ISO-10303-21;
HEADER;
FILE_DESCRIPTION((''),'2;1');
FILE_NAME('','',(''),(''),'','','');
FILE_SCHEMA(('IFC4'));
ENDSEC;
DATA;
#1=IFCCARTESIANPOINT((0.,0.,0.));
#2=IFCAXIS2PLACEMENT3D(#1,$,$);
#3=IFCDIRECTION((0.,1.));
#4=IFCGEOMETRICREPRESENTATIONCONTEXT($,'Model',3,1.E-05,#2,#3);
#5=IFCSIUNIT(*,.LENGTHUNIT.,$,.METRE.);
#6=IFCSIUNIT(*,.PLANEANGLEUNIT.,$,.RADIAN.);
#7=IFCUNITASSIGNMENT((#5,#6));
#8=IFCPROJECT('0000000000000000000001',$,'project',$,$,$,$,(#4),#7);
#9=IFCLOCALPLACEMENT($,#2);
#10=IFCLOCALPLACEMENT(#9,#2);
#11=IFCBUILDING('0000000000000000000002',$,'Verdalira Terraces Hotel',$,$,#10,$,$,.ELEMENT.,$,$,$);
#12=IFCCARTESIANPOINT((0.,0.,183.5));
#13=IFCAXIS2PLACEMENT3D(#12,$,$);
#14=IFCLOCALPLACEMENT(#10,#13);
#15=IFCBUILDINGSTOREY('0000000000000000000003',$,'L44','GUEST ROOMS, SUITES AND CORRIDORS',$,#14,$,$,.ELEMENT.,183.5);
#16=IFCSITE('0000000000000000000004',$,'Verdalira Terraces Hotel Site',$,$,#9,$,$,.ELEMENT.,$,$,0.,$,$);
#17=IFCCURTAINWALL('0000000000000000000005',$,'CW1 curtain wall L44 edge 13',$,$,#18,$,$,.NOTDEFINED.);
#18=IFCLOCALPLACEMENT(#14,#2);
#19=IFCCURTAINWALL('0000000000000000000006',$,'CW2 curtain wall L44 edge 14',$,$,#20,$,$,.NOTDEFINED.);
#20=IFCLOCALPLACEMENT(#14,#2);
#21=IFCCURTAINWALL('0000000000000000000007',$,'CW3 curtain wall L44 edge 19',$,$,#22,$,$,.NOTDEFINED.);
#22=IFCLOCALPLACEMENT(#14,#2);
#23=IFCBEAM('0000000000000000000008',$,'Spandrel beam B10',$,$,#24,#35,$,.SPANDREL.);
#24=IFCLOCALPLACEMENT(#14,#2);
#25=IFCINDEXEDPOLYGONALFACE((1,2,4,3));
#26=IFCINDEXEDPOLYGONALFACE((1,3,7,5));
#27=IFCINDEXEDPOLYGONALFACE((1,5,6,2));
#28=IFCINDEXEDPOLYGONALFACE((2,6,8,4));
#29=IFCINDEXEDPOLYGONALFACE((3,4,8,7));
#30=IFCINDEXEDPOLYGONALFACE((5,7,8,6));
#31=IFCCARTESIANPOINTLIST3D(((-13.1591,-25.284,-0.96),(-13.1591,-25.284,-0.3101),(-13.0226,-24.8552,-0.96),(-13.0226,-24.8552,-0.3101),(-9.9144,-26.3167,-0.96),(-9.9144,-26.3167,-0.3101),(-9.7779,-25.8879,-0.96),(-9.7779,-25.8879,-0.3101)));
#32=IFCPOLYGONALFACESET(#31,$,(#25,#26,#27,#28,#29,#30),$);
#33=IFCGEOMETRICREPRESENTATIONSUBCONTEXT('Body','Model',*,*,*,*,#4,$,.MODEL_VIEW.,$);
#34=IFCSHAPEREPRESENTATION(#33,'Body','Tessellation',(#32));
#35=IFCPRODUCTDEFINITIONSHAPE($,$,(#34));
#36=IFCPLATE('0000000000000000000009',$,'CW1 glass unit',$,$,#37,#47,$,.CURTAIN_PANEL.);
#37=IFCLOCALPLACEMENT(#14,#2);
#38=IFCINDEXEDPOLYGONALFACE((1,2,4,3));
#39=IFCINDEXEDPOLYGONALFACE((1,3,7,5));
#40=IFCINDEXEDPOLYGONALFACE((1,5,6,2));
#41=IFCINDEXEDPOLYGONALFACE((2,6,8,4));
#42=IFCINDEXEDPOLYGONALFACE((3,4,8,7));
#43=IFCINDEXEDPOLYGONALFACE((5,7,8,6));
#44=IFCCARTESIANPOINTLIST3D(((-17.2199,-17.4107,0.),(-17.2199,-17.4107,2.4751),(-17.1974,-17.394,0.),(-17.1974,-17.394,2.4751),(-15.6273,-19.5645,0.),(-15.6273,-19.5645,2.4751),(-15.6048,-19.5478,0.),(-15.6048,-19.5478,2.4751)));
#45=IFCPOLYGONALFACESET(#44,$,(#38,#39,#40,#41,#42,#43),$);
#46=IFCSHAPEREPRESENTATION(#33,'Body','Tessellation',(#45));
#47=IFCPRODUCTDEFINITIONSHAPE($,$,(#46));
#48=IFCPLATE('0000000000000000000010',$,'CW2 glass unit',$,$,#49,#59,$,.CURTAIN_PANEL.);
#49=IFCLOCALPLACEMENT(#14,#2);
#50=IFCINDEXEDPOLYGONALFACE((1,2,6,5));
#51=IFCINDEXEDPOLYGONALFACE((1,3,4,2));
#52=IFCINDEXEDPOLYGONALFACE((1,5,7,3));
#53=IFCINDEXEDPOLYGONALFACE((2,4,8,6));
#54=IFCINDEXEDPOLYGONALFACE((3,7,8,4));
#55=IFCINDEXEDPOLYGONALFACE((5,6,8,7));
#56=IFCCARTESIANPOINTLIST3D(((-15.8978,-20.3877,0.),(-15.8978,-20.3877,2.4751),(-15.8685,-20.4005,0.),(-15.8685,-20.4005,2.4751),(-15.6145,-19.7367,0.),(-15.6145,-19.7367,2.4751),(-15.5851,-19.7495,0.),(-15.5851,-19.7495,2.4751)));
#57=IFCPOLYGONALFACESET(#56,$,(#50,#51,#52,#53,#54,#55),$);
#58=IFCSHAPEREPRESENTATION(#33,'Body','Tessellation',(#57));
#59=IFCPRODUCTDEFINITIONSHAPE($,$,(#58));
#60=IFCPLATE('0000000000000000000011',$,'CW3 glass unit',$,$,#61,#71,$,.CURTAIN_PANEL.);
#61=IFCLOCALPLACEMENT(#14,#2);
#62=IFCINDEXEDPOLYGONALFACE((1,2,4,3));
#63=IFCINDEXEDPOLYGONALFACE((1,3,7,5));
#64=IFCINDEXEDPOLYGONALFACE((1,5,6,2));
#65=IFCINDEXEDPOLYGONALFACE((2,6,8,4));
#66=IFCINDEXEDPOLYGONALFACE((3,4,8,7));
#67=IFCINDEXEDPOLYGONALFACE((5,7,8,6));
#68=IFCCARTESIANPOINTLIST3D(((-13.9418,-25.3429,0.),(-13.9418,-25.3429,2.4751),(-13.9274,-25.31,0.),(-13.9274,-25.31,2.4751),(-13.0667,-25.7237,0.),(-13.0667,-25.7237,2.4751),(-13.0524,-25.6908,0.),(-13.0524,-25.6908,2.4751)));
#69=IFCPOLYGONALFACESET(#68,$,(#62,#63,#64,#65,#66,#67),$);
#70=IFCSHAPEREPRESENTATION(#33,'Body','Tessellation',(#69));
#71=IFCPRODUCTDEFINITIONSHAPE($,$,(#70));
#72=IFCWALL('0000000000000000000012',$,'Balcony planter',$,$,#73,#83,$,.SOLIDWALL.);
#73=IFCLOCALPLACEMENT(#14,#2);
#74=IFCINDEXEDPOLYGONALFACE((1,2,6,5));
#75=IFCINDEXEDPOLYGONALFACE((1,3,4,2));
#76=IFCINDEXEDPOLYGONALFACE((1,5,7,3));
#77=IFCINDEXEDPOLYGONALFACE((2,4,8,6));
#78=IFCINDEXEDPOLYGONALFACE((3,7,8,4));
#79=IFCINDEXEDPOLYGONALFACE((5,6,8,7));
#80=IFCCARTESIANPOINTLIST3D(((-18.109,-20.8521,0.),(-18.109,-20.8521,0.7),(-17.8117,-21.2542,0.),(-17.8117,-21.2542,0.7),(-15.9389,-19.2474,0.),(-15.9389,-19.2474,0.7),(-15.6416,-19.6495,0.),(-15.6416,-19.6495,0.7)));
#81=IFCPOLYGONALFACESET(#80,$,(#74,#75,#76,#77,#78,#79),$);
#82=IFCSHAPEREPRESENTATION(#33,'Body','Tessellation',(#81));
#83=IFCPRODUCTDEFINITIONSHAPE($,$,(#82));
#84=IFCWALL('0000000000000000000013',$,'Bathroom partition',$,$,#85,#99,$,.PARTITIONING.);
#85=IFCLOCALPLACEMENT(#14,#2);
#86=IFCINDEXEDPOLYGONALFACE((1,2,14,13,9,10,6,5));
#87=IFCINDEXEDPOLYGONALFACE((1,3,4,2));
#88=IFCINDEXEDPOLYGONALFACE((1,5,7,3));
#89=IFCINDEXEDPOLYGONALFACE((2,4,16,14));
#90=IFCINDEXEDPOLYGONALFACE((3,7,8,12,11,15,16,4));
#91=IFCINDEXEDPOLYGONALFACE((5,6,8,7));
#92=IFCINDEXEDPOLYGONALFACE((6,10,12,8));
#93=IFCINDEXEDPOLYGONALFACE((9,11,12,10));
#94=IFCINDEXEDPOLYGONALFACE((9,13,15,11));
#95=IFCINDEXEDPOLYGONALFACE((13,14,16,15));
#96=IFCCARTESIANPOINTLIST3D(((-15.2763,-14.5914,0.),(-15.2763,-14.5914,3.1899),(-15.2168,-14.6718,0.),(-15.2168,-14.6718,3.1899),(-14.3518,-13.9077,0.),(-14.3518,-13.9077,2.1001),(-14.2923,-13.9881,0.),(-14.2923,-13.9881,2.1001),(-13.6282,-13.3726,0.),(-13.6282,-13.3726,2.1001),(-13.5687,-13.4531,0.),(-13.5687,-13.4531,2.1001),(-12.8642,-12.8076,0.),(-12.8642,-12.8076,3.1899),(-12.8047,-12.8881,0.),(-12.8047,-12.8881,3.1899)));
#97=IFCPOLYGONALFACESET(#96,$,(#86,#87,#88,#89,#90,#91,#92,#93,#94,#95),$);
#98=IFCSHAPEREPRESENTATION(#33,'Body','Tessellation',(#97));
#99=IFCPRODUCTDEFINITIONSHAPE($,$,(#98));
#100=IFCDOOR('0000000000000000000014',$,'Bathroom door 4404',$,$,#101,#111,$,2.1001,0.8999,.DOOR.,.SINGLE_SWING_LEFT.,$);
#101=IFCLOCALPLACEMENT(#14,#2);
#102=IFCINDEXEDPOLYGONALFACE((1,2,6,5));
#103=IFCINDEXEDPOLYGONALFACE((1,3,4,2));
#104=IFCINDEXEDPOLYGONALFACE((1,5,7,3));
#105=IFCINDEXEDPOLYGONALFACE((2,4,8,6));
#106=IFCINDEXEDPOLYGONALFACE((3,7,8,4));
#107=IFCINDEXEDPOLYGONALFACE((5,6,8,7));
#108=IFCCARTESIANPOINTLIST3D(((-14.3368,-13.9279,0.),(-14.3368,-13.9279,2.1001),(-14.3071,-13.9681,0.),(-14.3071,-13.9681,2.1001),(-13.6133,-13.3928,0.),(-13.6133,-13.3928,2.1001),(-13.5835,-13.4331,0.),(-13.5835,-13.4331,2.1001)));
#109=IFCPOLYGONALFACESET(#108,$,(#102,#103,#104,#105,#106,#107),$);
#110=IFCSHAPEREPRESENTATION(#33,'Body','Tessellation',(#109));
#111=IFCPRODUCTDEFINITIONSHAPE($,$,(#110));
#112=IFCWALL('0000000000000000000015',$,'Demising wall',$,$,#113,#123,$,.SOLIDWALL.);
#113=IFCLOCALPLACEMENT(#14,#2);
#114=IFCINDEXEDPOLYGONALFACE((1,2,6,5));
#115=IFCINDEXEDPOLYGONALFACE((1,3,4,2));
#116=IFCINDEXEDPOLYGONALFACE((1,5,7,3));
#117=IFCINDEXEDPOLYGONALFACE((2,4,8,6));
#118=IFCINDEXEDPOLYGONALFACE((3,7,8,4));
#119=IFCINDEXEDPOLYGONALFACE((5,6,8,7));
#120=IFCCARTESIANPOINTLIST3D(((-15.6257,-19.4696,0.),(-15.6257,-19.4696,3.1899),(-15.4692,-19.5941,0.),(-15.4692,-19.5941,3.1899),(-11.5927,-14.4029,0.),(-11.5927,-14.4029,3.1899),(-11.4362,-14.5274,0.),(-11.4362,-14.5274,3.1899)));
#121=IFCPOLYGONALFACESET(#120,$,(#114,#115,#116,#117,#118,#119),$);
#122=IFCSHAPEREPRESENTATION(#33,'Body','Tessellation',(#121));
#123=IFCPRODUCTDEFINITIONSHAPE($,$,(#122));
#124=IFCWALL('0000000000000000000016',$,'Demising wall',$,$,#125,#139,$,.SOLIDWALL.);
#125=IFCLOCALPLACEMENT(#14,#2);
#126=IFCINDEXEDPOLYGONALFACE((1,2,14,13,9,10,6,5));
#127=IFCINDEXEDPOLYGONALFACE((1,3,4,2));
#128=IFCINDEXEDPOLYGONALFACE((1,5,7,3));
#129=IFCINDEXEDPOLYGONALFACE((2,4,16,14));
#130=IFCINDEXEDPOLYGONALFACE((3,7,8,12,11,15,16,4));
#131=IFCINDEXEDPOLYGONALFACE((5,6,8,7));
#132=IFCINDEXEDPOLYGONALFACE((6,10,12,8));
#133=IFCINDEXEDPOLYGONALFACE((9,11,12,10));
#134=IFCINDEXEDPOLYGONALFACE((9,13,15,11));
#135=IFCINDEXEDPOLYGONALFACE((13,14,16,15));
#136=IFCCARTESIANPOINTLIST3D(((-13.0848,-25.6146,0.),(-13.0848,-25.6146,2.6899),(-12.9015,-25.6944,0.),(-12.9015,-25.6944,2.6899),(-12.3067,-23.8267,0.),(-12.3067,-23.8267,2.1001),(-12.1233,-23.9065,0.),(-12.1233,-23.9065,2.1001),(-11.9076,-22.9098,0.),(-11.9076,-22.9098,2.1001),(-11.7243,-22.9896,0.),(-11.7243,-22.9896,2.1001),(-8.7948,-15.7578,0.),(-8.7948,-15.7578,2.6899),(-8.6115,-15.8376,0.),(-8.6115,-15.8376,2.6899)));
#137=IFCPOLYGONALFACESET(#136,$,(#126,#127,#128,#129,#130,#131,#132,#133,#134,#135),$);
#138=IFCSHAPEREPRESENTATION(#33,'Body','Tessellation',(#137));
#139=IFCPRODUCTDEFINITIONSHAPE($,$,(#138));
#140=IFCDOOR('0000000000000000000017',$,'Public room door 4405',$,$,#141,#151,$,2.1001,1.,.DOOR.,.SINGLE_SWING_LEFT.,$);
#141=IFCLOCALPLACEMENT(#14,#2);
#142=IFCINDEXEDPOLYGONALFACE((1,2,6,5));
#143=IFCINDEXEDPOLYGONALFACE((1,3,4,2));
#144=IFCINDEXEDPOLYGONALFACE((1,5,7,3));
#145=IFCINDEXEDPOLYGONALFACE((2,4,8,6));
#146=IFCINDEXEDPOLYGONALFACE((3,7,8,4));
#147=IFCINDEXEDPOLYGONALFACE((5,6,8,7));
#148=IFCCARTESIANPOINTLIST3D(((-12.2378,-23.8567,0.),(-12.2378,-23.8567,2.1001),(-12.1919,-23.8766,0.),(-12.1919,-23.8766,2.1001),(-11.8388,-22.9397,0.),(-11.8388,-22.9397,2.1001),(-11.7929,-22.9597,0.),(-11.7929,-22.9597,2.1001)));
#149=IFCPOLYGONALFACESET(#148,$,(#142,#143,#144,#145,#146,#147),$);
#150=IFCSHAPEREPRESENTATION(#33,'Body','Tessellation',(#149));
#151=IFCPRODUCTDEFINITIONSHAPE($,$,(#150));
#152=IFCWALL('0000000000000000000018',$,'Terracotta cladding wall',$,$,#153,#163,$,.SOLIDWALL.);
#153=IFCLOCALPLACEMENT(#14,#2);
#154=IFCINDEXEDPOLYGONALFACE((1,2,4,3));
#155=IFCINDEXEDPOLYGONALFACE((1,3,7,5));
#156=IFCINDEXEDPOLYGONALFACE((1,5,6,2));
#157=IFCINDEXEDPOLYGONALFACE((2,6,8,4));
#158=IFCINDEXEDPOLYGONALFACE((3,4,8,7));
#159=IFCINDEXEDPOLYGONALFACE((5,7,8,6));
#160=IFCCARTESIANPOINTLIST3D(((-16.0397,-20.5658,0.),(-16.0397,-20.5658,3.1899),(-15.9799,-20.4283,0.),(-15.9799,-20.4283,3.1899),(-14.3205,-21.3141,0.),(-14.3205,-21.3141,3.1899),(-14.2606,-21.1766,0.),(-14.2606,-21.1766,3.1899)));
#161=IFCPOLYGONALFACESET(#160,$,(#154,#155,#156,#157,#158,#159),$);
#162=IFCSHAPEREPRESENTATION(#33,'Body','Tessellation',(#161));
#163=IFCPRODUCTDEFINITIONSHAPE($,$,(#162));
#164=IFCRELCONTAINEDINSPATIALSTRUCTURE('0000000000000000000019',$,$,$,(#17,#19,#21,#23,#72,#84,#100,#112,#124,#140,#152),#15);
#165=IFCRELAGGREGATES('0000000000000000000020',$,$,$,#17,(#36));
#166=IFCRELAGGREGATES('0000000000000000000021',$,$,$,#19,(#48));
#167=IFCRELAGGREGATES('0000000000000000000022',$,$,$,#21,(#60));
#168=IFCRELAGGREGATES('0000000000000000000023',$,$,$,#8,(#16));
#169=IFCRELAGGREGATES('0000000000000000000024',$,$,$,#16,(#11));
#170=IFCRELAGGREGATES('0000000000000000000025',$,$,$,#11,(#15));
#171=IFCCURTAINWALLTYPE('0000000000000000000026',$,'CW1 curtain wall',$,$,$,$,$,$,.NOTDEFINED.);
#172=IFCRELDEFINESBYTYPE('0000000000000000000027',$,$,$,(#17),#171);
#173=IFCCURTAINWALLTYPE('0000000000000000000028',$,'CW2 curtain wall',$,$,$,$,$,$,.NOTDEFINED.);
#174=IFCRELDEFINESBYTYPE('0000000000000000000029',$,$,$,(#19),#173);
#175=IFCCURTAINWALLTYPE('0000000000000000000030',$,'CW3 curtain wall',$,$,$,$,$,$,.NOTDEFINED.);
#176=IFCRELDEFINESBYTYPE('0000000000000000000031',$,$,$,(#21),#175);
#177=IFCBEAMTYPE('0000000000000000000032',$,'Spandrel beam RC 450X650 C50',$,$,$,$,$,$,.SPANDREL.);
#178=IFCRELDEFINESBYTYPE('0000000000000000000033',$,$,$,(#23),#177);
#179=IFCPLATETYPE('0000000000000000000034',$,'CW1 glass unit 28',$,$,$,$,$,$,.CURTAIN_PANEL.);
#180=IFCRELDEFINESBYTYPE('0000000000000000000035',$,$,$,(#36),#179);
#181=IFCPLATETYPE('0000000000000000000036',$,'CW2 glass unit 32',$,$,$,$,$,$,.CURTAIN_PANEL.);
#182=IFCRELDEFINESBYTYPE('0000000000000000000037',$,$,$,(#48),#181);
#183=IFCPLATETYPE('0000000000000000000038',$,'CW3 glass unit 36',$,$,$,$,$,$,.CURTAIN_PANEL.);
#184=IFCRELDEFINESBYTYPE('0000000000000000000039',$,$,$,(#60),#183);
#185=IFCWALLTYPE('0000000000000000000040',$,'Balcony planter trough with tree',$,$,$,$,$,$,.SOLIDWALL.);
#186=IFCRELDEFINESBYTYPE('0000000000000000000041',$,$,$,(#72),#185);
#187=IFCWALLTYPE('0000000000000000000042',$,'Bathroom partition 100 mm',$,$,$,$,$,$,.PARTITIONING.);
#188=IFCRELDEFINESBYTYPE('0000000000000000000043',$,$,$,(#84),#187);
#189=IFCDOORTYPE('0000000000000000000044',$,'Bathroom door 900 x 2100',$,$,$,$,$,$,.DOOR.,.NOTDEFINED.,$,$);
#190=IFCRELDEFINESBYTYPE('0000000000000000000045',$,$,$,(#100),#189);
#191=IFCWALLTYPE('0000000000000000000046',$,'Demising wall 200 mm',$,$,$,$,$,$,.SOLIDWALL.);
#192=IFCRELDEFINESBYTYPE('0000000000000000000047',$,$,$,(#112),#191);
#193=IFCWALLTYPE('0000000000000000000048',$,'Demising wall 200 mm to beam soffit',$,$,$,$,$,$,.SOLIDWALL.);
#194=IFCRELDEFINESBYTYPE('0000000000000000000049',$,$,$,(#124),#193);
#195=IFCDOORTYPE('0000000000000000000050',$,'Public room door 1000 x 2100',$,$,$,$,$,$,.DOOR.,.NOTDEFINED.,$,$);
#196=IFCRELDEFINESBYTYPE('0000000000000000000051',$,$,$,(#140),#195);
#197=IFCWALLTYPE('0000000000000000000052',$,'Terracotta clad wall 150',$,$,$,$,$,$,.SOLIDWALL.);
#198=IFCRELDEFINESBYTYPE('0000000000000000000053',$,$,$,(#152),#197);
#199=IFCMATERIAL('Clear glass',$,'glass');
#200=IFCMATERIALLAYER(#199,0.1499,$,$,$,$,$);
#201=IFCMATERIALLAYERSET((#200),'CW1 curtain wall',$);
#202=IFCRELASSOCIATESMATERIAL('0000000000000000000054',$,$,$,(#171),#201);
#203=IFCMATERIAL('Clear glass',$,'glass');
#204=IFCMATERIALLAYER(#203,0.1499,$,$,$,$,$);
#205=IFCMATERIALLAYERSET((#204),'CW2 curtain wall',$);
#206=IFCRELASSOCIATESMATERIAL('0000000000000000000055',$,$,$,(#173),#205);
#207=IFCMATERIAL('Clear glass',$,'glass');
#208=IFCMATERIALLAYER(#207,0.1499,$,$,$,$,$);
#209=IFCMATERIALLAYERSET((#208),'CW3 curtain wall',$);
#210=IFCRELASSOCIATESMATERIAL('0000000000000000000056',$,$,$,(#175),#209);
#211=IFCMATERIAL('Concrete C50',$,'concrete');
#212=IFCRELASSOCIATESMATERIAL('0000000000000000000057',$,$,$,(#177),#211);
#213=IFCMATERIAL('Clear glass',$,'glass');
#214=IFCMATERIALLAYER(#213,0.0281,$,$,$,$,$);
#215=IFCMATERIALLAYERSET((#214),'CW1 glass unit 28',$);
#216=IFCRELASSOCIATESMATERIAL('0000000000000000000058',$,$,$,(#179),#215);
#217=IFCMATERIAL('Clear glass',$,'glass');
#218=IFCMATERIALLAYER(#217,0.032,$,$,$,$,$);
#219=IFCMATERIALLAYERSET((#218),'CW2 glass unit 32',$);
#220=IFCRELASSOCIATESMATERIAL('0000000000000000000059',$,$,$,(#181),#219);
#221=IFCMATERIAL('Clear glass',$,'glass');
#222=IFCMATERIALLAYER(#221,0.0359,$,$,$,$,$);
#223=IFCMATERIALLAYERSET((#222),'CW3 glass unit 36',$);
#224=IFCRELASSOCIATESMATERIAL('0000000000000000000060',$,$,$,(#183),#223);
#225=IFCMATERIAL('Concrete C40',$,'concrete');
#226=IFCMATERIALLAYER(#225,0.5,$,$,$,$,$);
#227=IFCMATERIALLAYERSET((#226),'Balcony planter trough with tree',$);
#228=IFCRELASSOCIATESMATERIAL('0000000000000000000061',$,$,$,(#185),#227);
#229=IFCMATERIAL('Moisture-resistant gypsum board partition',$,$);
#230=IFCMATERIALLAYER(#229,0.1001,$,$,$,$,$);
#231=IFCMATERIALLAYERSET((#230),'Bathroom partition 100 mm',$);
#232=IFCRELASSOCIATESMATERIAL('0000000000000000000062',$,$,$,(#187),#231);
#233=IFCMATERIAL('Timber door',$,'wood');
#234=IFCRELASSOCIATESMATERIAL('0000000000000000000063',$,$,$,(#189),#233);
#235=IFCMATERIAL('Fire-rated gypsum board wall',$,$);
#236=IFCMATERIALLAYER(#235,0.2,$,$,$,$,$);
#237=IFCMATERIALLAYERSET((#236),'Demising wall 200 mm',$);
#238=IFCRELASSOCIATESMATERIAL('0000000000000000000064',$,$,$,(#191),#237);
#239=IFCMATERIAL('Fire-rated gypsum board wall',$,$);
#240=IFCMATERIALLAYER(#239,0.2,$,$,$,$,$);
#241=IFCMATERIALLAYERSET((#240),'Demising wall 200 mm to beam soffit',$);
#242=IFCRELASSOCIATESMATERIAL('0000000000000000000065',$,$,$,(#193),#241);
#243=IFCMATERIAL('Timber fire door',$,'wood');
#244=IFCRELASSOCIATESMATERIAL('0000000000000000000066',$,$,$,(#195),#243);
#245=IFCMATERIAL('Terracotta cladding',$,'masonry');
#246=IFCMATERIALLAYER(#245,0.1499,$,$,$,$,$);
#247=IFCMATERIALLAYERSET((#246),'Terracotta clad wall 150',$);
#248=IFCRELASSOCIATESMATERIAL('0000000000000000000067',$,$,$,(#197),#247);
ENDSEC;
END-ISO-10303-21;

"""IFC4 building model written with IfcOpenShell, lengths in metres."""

from ifc_helpers import new_model, si_unit, direction, frame, frame_2d, origin, origin_2d, place, context, subcontext, project, spatial, rectangle, extrude, material, layer, layer_set, material_profile, profile_set, type_object, element, fill, aggregate, save


model = new_model("IFC4")

# Units and contexts
model_context = context("Model", 3, precision=1e-05, world=origin(), true_north=direction((0.0, 1.0)))
body_context = subcontext(model_context, "Body", "Model", "MODEL_VIEW")
ifc_project = project(units=[si_unit("LENGTHUNIT", "METRE"), si_unit("PLANEANGLEUNIT", "RADIAN")], contexts=[model_context])

# Site, building, storey
site_placement = place(None, origin())
site = spatial("IfcSite", under=ifc_project, at=site_placement, Name="Verdalira Terraces Hotel Site", CompositionType="ELEMENT", RefElevation=0.0)
building_placement = place(site_placement, origin())
building = spatial("IfcBuilding", under=site, at=building_placement, Name="Verdalira Terraces Hotel", CompositionType="ELEMENT")
storey_placement = place(building_placement, frame((0.0, 0.0, 183.5)))
storey = spatial("IfcBuildingStorey", under=building, at=storey_placement, Name="L44", Description="GUEST ROOMS, SUITES AND CORRIDORS", CompositionType="ELEMENT", Elevation=183.5)

# Curtain wall
ifc_material_1 = material(Name="Clear glass", Category="glass")
ifc_layer_1 = layer(ifc_material_1, 0.1499)
ifc_layer_set_1 = layer_set([ifc_layer_1], Name="CW1 curtain wall")
curtain_wall_type_1 = type_object("IfcCurtainWallType", Name="CW1 curtain wall", PredefinedType="NOTDEFINED", material=ifc_layer_set_1)
curtain_wall_1_placement = place(storey_placement, origin())
curtain_wall_1 = element("IfcCurtainWall", 1, at=curtain_wall_1_placement, inside=storey, type_object=curtain_wall_type_1, Name="CW1 curtain wall L44 edge 13", PredefinedType="NOTDEFINED")

# Curtain walls
ifc_material_2 = material(Name="Clear glass", Category="glass")
ifc_layer_2 = layer(ifc_material_2, 0.1499)
ifc_layer_set_2 = layer_set([ifc_layer_2], Name="CW2 curtain wall")
curtain_wall_type_2 = type_object("IfcCurtainWallType", Name="CW2 curtain wall", PredefinedType="NOTDEFINED", material=ifc_layer_set_2)
curtain_wall_2_placement = place(storey_placement, origin())
curtain_wall_2 = element("IfcCurtainWall", 2, at=curtain_wall_2_placement, inside=storey, type_object=curtain_wall_type_2, Name="CW2 curtain wall L44 edge 14", PredefinedType="NOTDEFINED")
ifc_material_3 = material(Name="Clear glass", Category="glass")
ifc_layer_3 = layer(ifc_material_3, 0.1499)
ifc_layer_set_3 = layer_set([ifc_layer_3], Name="CW3 curtain wall")
curtain_wall_type_3 = type_object("IfcCurtainWallType", Name="CW3 curtain wall", PredefinedType="NOTDEFINED", material=ifc_layer_set_3)
curtain_wall_3_placement = place(storey_placement, origin())
curtain_wall_3 = element("IfcCurtainWall", 3, at=curtain_wall_3_placement, inside=storey, type_object=curtain_wall_type_3, Name="CW3 curtain wall L44 edge 19", PredefinedType="NOTDEFINED")

# Beam
ifc_material_4 = material(Name="Concrete C50", Category="concrete")
ifc_material_profile_1 = material_profile(ifc_material_4, rectangle(XDim=0.45, YDim=0.6499, at=origin_2d()), Name="RC 450X650")
ifc_profile_set_1 = profile_set([ifc_material_profile_1], Name="Concrete C50")
beam_type_1 = type_object("IfcBeamType", Name="Spandrel beam RC 450X650 C50", PredefinedType="SPANDREL", material=ifc_profile_set_1)
beam_1_placement = place(storey_placement, frame((-13.0908, -25.0696, -0.635), z_axis=(0.952898, -0.303292, 0.0), x_axis=(0.303292, 0.952898, 0.0)))
element("IfcBeam", 4, at=beam_1_placement, inside=storey, type_object=beam_type_1, Name="Spandrel beam B10", PredefinedType="SPANDREL", context=body_context, shape_type="SweptSolid", body=[
    extrude(rectangle(XDim=0.45, YDim=0.6499, at=origin_2d()), origin(), (0.0, 0.0, 1.0), 3.405),
])

# Plates
ifc_material_5 = material(Name="Clear glass", Category="glass")
ifc_layer_4 = layer(ifc_material_5, 0.0281)
ifc_layer_set_4 = layer_set([ifc_layer_4], Name="CW1 glass unit 28")
plate_type_1 = type_object("IfcPlateType", Name="CW1 glass unit 28", PredefinedType="CURTAIN_PANEL", material=ifc_layer_set_4)
plate_1_placement = place(storey_placement, frame((-16.4124, -18.4792, 0.0), z_axis=(0.0, 0.0, 1.0), x_axis=(0.594542, -0.804064, 0.0)))
plate_1 = element("IfcPlate", 5, at=plate_1_placement, type_object=plate_type_1, Name="CW1 glass unit", PredefinedType="CURTAIN_PANEL", context=body_context, shape_type="SweptSolid", body=[
    extrude(rectangle(XDim=2.6787, YDim=0.0281, at=origin_2d()), origin(), (0.0, 0.0, 1.0), 2.4751),
])
aggregate(curtain_wall_1, [plate_1])
ifc_material_6 = material(Name="Clear glass", Category="glass")
ifc_layer_5 = layer(ifc_material_6, 0.032)
ifc_layer_set_5 = layer_set([ifc_layer_5], Name="CW2 glass unit 32")
plate_type_2 = type_object("IfcPlateType", Name="CW2 glass unit 32", PredefinedType="CURTAIN_PANEL", material=ifc_layer_set_5)
plate_2_placement = place(storey_placement, frame((-15.7415, -20.0686, 0.0), z_axis=(0.0, 0.0, 1.0), x_axis=(-0.399069, -0.916921, 0.0)))
plate_2 = element("IfcPlate", 6, at=plate_2_placement, type_object=plate_type_2, Name="CW2 glass unit", PredefinedType="CURTAIN_PANEL", context=body_context, shape_type="SweptSolid", body=[
    extrude(rectangle(XDim=0.71, YDim=0.032, at=origin_2d()), origin(), (0.0, 0.0, 1.0), 2.4751),
])
aggregate(curtain_wall_2, [plate_2])
ifc_material_7 = material(Name="Clear glass", Category="glass")
ifc_layer_6 = layer(ifc_material_7, 0.0359)
ifc_layer_set_6 = layer_set([ifc_layer_6], Name="CW3 glass unit 36")
plate_type_3 = type_object("IfcPlateType", Name="CW3 glass unit 36", PredefinedType="CURTAIN_PANEL", material=ifc_layer_set_6)
plate_3_placement = place(storey_placement, frame((-13.4971, -25.5168, 0.0), z_axis=(0.0, 0.0, 1.0), x_axis=(0.916921, -0.399069, 0.0)))
plate_3 = element("IfcPlate", 7, at=plate_3_placement, type_object=plate_type_3, Name="CW3 glass unit", PredefinedType="CURTAIN_PANEL", context=body_context, shape_type="SweptSolid", body=[
    extrude(rectangle(XDim=0.9543, YDim=0.0359, at=origin_2d()), origin(), (0.0, 0.0, 1.0), 2.4751),
])
aggregate(curtain_wall_3, [plate_3])

# Wall
ifc_material_8 = material(Name="Concrete C40", Category="concrete")
ifc_layer_7 = layer(ifc_material_8, 0.5)
ifc_layer_set_7 = layer_set([ifc_layer_7], Name="Balcony planter trough with tree")
wall_type_1 = type_object("IfcWallType", Name="Balcony planter trough with tree", PredefinedType="SOLIDWALL", material=ifc_layer_set_7)
wall_1_placement = place(storey_placement, frame((-17.9604, -21.0532, 0.0), z_axis=(0.0, 0.0, 1.0), x_axis=(0.804052, 0.594559, 0.0)))
element("IfcWall", 8, at=wall_1_placement, inside=storey, type_object=wall_type_1, Name="Balcony planter", PredefinedType="SOLIDWALL", context=body_context, shape_type="SweptSolid", body=[
    extrude(rectangle(XDim=2.699, YDim=0.5, at=frame_2d((1.3496, 0.0))), origin(), (0.0, 0.0, 1.0), 0.7),
])

# Wall, opening, door
ifc_material_9 = material(Name="Moisture-resistant gypsum board partition")
ifc_layer_8 = layer(ifc_material_9, 0.1001)
ifc_layer_set_8 = layer_set([ifc_layer_8], Name="Bathroom partition 100 mm")
wall_type_2 = type_object("IfcWallType", Name="Bathroom partition 100 mm", PredefinedType="PARTITIONING", material=ifc_layer_set_8)
wall_2_placement = place(storey_placement, frame((-15.2466, -14.6316, 0.0), z_axis=(0.0, 0.0, 1.0), x_axis=(0.804044, 0.59457, 0.0)))
wall_2 = element("IfcWall", 9, at=wall_2_placement, inside=storey, type_object=wall_type_2, Name="Bathroom partition", PredefinedType="PARTITIONING", context=body_context, shape_type="SweptSolid", body=[
    extrude(rectangle(XDim=3.0, YDim=0.1001, at=frame_2d((1.5, 0.0))), origin(), (0.0, 0.0, 1.0), 3.1899),
])
opening_1_placement = place(wall_2_placement, frame((1.1499, 0.0, 0.0)))
opening_1 = element("IfcOpeningElement", 10, at=opening_1_placement, cuts=wall_2, PredefinedType="OPENING", context=body_context, shape_type="SweptSolid", body=[
    extrude(rectangle(XDim=0.8999, YDim=2.1001, at=frame_2d((0.45, 1.05))), frame((0.0, 0.0601, 0.0), z_axis=(0.0, -1.0, 0.0), x_axis=(1.0, 0.0, 0.0)), (0.0, 0.0, 1.0), 0.1201),
])
ifc_material_10 = material(Name="Timber door", Category="wood")
door_type_1 = type_object("IfcDoorType", Name="Bathroom door 900 x 2100", OperationType="NOTDEFINED", PredefinedType="DOOR", material=ifc_material_10)
door_1_placement = place(opening_1_placement, origin())
door_1 = element("IfcDoor", 11, at=door_1_placement, inside=storey, type_object=door_type_1, Name="Bathroom door 4404", OperationType="SINGLE_SWING_LEFT", OverallHeight=2.1001, OverallWidth=0.8999, PredefinedType="DOOR", context=body_context, shape_type="SweptSolid", body=[
    extrude(rectangle(XDim=0.8999, YDim=2.1001, at=frame_2d((0.45, 1.05))), frame((0.0, 0.0249, 0.0), z_axis=(0.0, -1.0, 0.0), x_axis=(1.0, 0.0, 0.0)), (0.0, 0.0, 1.0), 0.05),
])
fill(opening_1, door_1)

# Wall
ifc_material_11 = material(Name="Fire-rated gypsum board wall")
ifc_layer_9 = layer(ifc_material_11, 0.2)
ifc_layer_set_9 = layer_set([ifc_layer_9], Name="Demising wall 200 mm")
wall_type_3 = type_object("IfcWallType", Name="Demising wall 200 mm", PredefinedType="SOLIDWALL", material=ifc_layer_set_9)
wall_3_placement = place(storey_placement, frame((-15.5474, -19.5317, 0.0), z_axis=(0.0, 0.0, 1.0), x_axis=(0.622776, 0.7824, 0.0)))
element("IfcWall", 12, at=wall_3_placement, inside=storey, type_object=wall_type_3, Name="Demising wall", PredefinedType="SOLIDWALL", context=body_context, shape_type="SweptSolid", body=[
    extrude(rectangle(XDim=6.4758, YDim=0.2, at=frame_2d((3.2378, 0.0))), origin(), (0.0, 0.0, 1.0), 3.1899),
])

# Wall, opening, door
ifc_material_12 = material(Name="Fire-rated gypsum board wall")
ifc_layer_10 = layer(ifc_material_12, 0.2)
ifc_layer_set_10 = layer_set([ifc_layer_10], Name="Demising wall 200 mm to beam soffit")
wall_type_4 = type_object("IfcWallType", Name="Demising wall 200 mm to beam soffit", PredefinedType="SOLIDWALL", material=ifc_layer_set_10)
wall_4_placement = place(storey_placement, frame((-12.9932, -25.6545, 0.0), z_axis=(0.0, 0.0, 1.0), x_axis=(0.399072, 0.91692, 0.0)))
wall_4 = element("IfcWall", 13, at=wall_4_placement, inside=storey, type_object=wall_type_4, Name="Demising wall", PredefinedType="SOLIDWALL", context=body_context, shape_type="SweptSolid", body=[
    extrude(rectangle(XDim=10.75, YDim=0.2, at=frame_2d((5.375, 0.0))), origin(), (0.0, 0.0, 1.0), 2.6899),
])
opening_2_placement = place(wall_4_placement, frame((1.95, 0.0, 0.0)))
opening_2 = element("IfcOpeningElement", 14, at=opening_2_placement, cuts=wall_4, PredefinedType="OPENING", context=body_context, shape_type="SweptSolid", body=[
    extrude(rectangle(XDim=1.0, YDim=2.1001, at=frame_2d((0.5, 1.05))), frame((0.0, 0.1099, 0.0), z_axis=(0.0, -1.0, 0.0), x_axis=(1.0, 0.0, 0.0)), (0.0, 0.0, 1.0), 0.22),
])
ifc_material_13 = material(Name="Timber fire door", Category="wood")
door_type_2 = type_object("IfcDoorType", Name="Public room door 1000 x 2100", OperationType="NOTDEFINED", PredefinedType="DOOR", material=ifc_material_13)
door_2_placement = place(opening_2_placement, origin())
door_2 = element("IfcDoor", 15, at=door_2_placement, inside=storey, type_object=door_type_2, Name="Public room door 4405", OperationType="SINGLE_SWING_LEFT", OverallHeight=2.1001, OverallWidth=1.0, PredefinedType="DOOR", context=body_context, shape_type="SweptSolid", body=[
    extrude(rectangle(XDim=1.0, YDim=2.1001, at=frame_2d((0.5, 1.05))), frame((0.0, 0.0249, 0.0), z_axis=(0.0, -1.0, 0.0), x_axis=(1.0, 0.0, 0.0)), (0.0, 0.0, 1.0), 0.05),
])
fill(opening_2, door_2)

# Wall
ifc_material_14 = material(Name="Terracotta cladding", Category="masonry")
ifc_layer_11 = layer(ifc_material_14, 0.1499)
ifc_layer_set_11 = layer_set([ifc_layer_11], Name="Terracotta clad wall 150")
wall_type_5 = type_object("IfcWallType", Name="Terracotta clad wall 150", PredefinedType="SOLIDWALL", material=ifc_layer_set_11)
wall_5_placement = place(storey_placement, frame((-16.0098, -20.4971, 0.0), z_axis=(0.0, 0.0, 1.0), x_axis=(0.916915, -0.399083, 0.0)))
element("IfcWall", 16, at=wall_5_placement, inside=storey, type_object=wall_type_5, Name="Terracotta cladding wall", PredefinedType="SOLIDWALL", context=body_context, shape_type="SweptSolid", body=[
    extrude(rectangle(XDim=1.875, YDim=0.1499, at=frame_2d((0.9375, 0.0))), origin(), (0.0, 0.0, 1.0), 3.1899),
])

save(model, "model.ifc")
